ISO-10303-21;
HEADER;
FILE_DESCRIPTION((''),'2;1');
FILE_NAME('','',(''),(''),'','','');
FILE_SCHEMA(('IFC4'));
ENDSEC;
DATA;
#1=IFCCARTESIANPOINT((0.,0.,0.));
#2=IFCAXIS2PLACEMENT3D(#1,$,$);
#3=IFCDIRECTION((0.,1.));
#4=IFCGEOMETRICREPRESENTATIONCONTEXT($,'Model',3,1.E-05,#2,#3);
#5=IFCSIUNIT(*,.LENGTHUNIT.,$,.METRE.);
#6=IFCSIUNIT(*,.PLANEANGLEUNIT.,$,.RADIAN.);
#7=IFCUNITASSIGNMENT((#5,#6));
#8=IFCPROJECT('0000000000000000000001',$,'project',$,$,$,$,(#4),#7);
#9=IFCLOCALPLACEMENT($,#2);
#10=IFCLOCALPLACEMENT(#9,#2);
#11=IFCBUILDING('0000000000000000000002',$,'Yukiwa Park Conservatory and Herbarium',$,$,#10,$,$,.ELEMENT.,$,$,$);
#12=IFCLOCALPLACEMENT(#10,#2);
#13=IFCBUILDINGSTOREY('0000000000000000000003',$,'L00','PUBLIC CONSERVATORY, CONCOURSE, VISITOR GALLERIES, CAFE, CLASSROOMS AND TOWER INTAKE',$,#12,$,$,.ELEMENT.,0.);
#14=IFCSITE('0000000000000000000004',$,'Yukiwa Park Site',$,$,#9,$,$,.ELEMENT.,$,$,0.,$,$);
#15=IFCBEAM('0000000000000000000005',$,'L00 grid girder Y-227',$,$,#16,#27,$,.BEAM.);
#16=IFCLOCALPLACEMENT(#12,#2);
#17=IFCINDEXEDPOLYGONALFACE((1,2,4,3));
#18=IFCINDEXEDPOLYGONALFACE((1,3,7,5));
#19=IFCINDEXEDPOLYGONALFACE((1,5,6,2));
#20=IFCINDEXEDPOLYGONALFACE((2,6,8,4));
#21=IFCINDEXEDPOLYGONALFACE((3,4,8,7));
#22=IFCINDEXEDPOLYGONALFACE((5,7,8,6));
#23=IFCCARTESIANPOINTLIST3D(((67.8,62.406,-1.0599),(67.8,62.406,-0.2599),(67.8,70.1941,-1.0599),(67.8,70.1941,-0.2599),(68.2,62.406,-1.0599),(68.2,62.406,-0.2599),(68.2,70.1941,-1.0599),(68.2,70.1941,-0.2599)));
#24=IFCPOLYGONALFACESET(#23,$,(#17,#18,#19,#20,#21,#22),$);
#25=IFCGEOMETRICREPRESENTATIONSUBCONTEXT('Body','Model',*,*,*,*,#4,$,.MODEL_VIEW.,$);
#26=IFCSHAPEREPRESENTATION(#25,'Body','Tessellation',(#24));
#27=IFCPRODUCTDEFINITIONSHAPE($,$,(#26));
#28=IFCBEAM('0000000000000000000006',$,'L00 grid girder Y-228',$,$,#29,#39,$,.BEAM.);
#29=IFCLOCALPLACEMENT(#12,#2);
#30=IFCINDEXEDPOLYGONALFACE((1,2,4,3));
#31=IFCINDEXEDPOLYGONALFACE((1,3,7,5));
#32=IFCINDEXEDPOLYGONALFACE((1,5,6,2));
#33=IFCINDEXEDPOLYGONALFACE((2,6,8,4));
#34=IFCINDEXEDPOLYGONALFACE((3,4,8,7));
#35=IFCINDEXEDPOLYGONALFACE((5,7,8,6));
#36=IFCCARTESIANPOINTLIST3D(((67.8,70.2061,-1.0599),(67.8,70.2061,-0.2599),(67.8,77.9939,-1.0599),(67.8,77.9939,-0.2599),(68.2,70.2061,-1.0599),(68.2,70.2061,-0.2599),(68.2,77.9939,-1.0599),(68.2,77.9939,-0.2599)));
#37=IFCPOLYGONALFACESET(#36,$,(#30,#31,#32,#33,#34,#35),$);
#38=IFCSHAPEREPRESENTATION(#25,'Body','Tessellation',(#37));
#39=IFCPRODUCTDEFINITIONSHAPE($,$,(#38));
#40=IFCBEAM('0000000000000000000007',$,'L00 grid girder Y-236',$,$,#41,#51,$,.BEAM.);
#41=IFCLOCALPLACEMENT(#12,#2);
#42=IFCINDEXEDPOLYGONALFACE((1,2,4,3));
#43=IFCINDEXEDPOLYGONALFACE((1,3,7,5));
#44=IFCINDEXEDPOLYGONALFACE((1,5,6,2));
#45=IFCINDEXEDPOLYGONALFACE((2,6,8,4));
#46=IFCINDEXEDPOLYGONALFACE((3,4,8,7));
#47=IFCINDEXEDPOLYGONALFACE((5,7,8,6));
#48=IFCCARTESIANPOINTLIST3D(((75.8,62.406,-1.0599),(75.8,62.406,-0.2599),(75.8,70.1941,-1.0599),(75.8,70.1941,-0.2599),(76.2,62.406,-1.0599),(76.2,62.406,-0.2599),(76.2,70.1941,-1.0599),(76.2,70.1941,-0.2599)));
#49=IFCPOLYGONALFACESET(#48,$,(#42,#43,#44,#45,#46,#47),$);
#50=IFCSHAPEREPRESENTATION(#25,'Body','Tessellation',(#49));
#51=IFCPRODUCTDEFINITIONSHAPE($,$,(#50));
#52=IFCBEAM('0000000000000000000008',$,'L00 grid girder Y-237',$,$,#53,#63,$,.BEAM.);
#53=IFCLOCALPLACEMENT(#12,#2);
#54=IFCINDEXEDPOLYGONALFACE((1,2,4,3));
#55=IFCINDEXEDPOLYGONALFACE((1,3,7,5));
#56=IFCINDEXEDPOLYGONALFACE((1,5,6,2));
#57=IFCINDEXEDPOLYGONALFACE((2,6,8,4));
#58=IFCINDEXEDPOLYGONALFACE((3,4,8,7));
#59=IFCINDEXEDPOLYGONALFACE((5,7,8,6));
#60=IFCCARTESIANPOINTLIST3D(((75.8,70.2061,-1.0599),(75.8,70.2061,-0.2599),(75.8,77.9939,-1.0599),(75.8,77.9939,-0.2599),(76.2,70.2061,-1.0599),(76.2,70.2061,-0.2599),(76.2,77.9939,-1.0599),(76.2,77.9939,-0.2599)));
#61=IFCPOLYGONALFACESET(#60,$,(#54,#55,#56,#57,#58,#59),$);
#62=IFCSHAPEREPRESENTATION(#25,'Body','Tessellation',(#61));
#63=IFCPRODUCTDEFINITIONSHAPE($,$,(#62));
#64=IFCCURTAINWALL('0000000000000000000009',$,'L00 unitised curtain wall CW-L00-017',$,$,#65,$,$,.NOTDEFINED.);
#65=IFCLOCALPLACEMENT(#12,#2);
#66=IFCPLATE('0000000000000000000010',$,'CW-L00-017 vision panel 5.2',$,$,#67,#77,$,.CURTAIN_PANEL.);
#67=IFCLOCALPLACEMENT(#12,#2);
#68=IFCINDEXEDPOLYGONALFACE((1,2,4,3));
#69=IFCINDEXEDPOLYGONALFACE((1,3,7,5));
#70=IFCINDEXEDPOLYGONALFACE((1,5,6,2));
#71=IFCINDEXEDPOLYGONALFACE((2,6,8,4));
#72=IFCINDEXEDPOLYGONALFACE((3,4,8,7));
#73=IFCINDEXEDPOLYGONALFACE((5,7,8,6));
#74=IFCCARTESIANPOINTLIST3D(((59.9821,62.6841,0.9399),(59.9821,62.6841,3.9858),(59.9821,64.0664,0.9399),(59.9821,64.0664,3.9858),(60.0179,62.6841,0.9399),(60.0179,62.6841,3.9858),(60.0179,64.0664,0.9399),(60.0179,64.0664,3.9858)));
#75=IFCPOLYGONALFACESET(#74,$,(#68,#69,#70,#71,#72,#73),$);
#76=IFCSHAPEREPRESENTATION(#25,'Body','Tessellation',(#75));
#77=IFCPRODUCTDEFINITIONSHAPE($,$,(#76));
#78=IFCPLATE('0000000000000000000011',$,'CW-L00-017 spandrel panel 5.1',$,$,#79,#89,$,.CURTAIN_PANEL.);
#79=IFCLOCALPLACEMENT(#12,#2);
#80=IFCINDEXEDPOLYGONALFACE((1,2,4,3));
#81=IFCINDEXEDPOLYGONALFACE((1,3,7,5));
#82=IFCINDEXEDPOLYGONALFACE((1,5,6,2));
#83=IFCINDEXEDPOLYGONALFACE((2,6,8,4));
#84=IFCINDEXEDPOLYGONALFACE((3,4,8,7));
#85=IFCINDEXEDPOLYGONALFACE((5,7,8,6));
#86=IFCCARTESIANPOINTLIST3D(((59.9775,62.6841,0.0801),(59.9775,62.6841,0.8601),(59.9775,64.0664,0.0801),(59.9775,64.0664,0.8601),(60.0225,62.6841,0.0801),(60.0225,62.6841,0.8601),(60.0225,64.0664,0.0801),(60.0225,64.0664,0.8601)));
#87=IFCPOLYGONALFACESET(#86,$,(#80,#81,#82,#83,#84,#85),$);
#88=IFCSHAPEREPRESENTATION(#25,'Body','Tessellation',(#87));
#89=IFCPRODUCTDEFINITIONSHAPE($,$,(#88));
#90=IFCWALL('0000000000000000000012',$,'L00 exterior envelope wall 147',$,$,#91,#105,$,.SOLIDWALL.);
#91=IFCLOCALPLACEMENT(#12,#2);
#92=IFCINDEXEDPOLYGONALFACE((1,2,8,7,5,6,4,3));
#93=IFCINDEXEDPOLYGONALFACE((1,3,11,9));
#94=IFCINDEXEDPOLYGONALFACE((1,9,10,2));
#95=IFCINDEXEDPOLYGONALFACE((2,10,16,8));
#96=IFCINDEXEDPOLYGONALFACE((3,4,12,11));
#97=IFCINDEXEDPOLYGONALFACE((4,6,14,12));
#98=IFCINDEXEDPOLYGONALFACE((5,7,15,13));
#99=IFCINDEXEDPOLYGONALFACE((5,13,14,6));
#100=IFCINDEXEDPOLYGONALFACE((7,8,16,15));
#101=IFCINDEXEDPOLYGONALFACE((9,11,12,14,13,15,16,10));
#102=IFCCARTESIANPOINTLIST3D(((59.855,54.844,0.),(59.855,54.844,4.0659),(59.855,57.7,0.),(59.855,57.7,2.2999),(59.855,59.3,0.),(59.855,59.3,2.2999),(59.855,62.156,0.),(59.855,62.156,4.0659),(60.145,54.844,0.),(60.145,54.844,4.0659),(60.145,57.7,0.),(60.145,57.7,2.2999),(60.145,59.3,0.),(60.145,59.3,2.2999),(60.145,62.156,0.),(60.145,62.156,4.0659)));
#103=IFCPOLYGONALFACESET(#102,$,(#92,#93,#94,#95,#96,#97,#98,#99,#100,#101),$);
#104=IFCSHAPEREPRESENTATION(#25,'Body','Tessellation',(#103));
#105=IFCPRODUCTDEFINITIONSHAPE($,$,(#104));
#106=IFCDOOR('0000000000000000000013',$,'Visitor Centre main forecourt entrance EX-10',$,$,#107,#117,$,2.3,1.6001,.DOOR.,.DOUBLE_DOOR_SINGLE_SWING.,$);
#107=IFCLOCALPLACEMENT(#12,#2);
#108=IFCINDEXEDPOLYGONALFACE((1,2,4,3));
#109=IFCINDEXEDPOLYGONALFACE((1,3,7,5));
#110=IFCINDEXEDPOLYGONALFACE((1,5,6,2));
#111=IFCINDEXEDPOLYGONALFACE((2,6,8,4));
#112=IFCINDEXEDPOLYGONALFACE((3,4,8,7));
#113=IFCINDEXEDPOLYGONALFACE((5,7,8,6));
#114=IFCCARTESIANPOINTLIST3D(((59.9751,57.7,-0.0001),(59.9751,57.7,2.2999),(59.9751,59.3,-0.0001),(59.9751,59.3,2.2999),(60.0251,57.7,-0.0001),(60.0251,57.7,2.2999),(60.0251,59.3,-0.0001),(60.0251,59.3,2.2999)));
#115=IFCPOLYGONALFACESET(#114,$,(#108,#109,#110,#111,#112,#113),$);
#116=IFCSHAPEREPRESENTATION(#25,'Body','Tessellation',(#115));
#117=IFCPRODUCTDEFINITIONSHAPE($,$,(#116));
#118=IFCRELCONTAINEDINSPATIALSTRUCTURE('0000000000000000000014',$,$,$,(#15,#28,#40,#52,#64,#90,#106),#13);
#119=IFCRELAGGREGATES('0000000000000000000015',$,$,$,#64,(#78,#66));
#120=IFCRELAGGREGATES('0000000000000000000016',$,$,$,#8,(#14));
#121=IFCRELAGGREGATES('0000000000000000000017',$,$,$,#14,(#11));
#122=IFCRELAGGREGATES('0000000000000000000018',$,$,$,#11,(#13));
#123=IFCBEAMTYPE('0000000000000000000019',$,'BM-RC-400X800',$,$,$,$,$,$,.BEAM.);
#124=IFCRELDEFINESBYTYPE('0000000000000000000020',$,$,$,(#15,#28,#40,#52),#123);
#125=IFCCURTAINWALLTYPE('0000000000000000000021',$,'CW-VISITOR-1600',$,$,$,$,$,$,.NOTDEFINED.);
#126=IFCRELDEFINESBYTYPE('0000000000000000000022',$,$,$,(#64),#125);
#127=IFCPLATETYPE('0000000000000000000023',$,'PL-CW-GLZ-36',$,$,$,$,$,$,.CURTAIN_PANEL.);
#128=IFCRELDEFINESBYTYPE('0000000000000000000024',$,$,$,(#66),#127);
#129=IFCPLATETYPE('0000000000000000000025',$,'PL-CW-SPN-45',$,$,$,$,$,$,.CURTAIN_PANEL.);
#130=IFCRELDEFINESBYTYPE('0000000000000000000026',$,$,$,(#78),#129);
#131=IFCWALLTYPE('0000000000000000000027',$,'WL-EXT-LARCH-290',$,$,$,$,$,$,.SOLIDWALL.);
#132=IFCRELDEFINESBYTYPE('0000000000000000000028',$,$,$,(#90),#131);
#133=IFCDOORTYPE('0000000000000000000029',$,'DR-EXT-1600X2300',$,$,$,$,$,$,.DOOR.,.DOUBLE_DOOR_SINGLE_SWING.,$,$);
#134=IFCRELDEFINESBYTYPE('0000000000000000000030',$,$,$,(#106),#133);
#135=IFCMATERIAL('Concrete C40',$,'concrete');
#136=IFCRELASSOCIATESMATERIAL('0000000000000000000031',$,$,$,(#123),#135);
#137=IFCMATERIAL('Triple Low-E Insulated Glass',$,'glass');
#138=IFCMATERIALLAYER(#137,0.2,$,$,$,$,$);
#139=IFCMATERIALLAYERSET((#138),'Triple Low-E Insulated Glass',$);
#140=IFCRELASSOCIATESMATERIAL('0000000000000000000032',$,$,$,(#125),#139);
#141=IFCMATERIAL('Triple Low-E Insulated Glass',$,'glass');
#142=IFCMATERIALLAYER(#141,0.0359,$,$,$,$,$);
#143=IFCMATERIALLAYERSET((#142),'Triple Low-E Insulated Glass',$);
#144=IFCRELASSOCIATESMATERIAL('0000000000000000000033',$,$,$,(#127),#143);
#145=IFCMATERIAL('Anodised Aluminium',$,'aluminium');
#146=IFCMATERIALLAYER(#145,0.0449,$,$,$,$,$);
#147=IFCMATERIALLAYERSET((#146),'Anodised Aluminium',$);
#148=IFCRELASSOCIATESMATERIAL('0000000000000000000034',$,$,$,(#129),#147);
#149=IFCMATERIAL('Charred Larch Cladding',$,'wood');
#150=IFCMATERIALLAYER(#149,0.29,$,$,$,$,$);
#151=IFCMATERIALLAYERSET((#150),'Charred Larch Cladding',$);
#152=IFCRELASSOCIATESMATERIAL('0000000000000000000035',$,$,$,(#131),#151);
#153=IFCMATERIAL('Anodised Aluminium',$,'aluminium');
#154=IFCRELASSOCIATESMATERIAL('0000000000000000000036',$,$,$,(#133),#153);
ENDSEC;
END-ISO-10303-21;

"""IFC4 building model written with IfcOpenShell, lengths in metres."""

from ifc_helpers import new_model, si_unit, direction, frame, frame_2d, origin, origin_2d, place, context, subcontext, project, spatial, rectangle, extrude, material, layer, layer_set, material_profile, profile_set, type_object, element, fill, aggregate, save


model = new_model("IFC4")

# Units and contexts
model_context = context("Model", 3, precision=1e-05, world=origin(), true_north=direction((0.0, 1.0)))
body_context = subcontext(model_context, "Body", "Model", "MODEL_VIEW")
ifc_project = project(units=[si_unit("LENGTHUNIT", "METRE"), si_unit("PLANEANGLEUNIT", "RADIAN")], contexts=[model_context])

# Site, building, storey
site_placement = place(None, origin())
site = spatial("IfcSite", under=ifc_project, at=site_placement, Name="Yukiwa Park Site", CompositionType="ELEMENT", RefElevation=0.0)
building_placement = place(site_placement, origin())
building = spatial("IfcBuilding", under=site, at=building_placement, Name="Yukiwa Park Conservatory and Herbarium", CompositionType="ELEMENT")
storey_placement = place(building_placement, origin())
storey = spatial("IfcBuildingStorey", under=building, at=storey_placement, Name="L00", Description="PUBLIC CONSERVATORY, CONCOURSE, VISITOR GALLERIES, CAFE, CLASSROOMS AND TOWER INTAKE", CompositionType="ELEMENT", Elevation=0.0)

# Beams
ifc_material_1 = material(Name="Concrete C40", Category="concrete")
ifc_material_profile_1 = material_profile(ifc_material_1, rectangle(XDim=0.3999, YDim=0.8, at=origin_2d()), Name="RC 400x800")
ifc_profile_set_1 = profile_set([ifc_material_profile_1], Name="Concrete C40")
beam_type_1 = type_object("IfcBeamType", Name="BM-RC-400X800", PredefinedType="BEAM", material=ifc_profile_set_1)
beam_1_placement = place(storey_placement, frame((68.0, 62.406, -0.6599), z_axis=(0.0, 1.0, 0.0), x_axis=(-1.0, 0.0, 0.0)))
element("IfcBeam", 1, at=beam_1_placement, inside=storey, type_object=beam_type_1, Name="L00 grid girder Y-227", PredefinedType="BEAM", context=body_context, shape_type="SweptSolid", body=[
    extrude(rectangle(XDim=0.3999, YDim=0.8, at=origin_2d()), origin(), (0.0, 0.0, 1.0), 7.7881),
])
beam_2_placement = place(storey_placement, frame((68.0, 70.2061, -0.6599), z_axis=(0.0, 1.0, 0.0), x_axis=(-1.0, 0.0, 0.0)))
element("IfcBeam", 2, at=beam_2_placement, inside=storey, type_object=beam_type_1, Name="L00 grid girder Y-228", PredefinedType="BEAM", context=body_context, shape_type="SweptSolid", body=[
    extrude(rectangle(XDim=0.3999, YDim=0.8, at=origin_2d()), origin(), (0.0, 0.0, 1.0), 7.7878),
])
beam_3_placement = place(storey_placement, frame((76.0, 62.406, -0.6599), z_axis=(0.0, 1.0, 0.0), x_axis=(-1.0, 0.0, 0.0)))
element("IfcBeam", 3, at=beam_3_placement, inside=storey, type_object=beam_type_1, Name="L00 grid girder Y-236", PredefinedType="BEAM", context=body_context, shape_type="SweptSolid", body=[
    extrude(rectangle(XDim=0.3999, YDim=0.8, at=origin_2d()), origin(), (0.0, 0.0, 1.0), 7.7881),
])
beam_4_placement = place(storey_placement, frame((76.0, 70.2061, -0.6599), z_axis=(0.0, 1.0, 0.0), x_axis=(-1.0, 0.0, 0.0)))
element("IfcBeam", 4, at=beam_4_placement, inside=storey, type_object=beam_type_1, Name="L00 grid girder Y-237", PredefinedType="BEAM", context=body_context, shape_type="SweptSolid", body=[
    extrude(rectangle(XDim=0.3999, YDim=0.8, at=origin_2d()), origin(), (0.0, 0.0, 1.0), 7.7878),
])

# Curtain wall, plates
ifc_material_2 = material(Name="Triple Low-E Insulated Glass", Category="glass")
ifc_layer_1 = layer(ifc_material_2, 0.2)
ifc_layer_set_1 = layer_set([ifc_layer_1], Name="Triple Low-E Insulated Glass")
curtain_wall_type = type_object("IfcCurtainWallType", Name="CW-VISITOR-1600", PredefinedType="NOTDEFINED", material=ifc_layer_set_1)
curtain_wall_placement = place(storey_placement, origin())
curtain_wall = element("IfcCurtainWall", 5, at=curtain_wall_placement, inside=storey, type_object=curtain_wall_type, Name="L00 unitised curtain wall CW-L00-017", PredefinedType="NOTDEFINED")
ifc_material_3 = material(Name="Triple Low-E Insulated Glass", Category="glass")
ifc_layer_2 = layer(ifc_material_3, 0.0359)
ifc_layer_set_2 = layer_set([ifc_layer_2], Name="Triple Low-E Insulated Glass")
plate_type_1 = type_object("IfcPlateType", Name="PL-CW-GLZ-36", PredefinedType="CURTAIN_PANEL", material=ifc_layer_set_2)
plate_1_placement = place(storey_placement, frame((60.0, 63.3752, 0.9399), z_axis=(0.0, 0.0, 1.0), x_axis=(0.0, -1.0, 0.0)))
plate_1 = element("IfcPlate", 6, at=plate_1_placement, type_object=plate_type_1, Name="CW-L00-017 vision panel 5.2", PredefinedType="CURTAIN_PANEL", context=body_context, shape_type="SweptSolid", body=[
    extrude(rectangle(XDim=1.3823, YDim=0.0359, at=origin_2d()), origin(), (0.0, 0.0, 1.0), 3.0459),
])
ifc_material_4 = material(Name="Anodised Aluminium", Category="aluminium")
ifc_layer_3 = layer(ifc_material_4, 0.0449)
ifc_layer_set_3 = layer_set([ifc_layer_3], Name="Anodised Aluminium")
plate_type_2 = type_object("IfcPlateType", Name="PL-CW-SPN-45", PredefinedType="CURTAIN_PANEL", material=ifc_layer_set_3)
plate_2_placement = place(storey_placement, frame((60.0, 63.3752, 0.0801), z_axis=(0.0, 0.0, 1.0), x_axis=(0.0, -1.0, 0.0)))
plate_2 = element("IfcPlate", 7, at=plate_2_placement, type_object=plate_type_2, Name="CW-L00-017 spandrel panel 5.1", PredefinedType="CURTAIN_PANEL", context=body_context, shape_type="SweptSolid", body=[
    extrude(rectangle(XDim=1.3823, YDim=0.0449, at=origin_2d()), origin(), (0.0, 0.0, 1.0), 0.78),
])
aggregate(curtain_wall, [plate_2, plate_1])

# Wall, opening, door
ifc_material_5 = material(Name="Charred Larch Cladding", Category="wood")
ifc_layer_4 = layer(ifc_material_5, 0.29)
ifc_layer_set_4 = layer_set([ifc_layer_4], Name="Charred Larch Cladding")
wall_type = type_object("IfcWallType", Name="WL-EXT-LARCH-290", PredefinedType="SOLIDWALL", material=ifc_layer_set_4)
wall_placement = place(storey_placement, frame((60.0, 62.156, 0.0), z_axis=(0.0, 0.0, 1.0), x_axis=(0.0, -1.0, 0.0)))
wall = element("IfcWall", 8, at=wall_placement, inside=storey, type_object=wall_type, Name="L00 exterior envelope wall 147", PredefinedType="SOLIDWALL", context=body_context, shape_type="SweptSolid", body=[
    extrude(rectangle(XDim=7.312, YDim=0.29, at=frame_2d((3.656, 0.0))), origin(), (0.0, 0.0, 1.0), 4.0659),
])
opening_placement = place(wall_placement, frame((2.856, 0.0, 0.0)))
opening = element("IfcOpeningElement", 9, at=opening_placement, cuts=wall, PredefinedType="OPENING", context=body_context, shape_type="SweptSolid", body=[
    extrude(rectangle(XDim=1.6001, YDim=2.3, at=frame_2d((0.8, 1.1499))), frame((0.0, 0.155, 0.0), z_axis=(0.0, -1.0, 0.0), x_axis=(1.0, 0.0, 0.0)), (0.0, 0.0, 1.0), 0.3101),
])
ifc_material_6 = material(Name="Anodised Aluminium", Category="aluminium")
door_type = type_object("IfcDoorType", Name="DR-EXT-1600X2300", OperationType="DOUBLE_DOOR_SINGLE_SWING", PredefinedType="DOOR", material=ifc_material_6)
door_placement = place(opening_placement, frame((1.6001, 0.0, 0.0), z_axis=(0.0, 0.0, 1.0), x_axis=(-1.0, 0.0, 0.0)))
door = element("IfcDoor", 10, at=door_placement, inside=storey, type_object=door_type, Name="Visitor Centre main forecourt entrance EX-10", OperationType="DOUBLE_DOOR_SINGLE_SWING", OverallHeight=2.3, OverallWidth=1.6001, PredefinedType="DOOR", context=body_context, shape_type="SweptSolid", body=[
    extrude(rectangle(XDim=1.6001, YDim=2.3, at=frame_2d((0.8, 1.1499))), frame((0.0, 0.0249, 0.0), z_axis=(0.0, -1.0, 0.0), x_axis=(1.0, 0.0, 0.0)), (0.0, 0.0, 1.0), 0.05),
])
fill(opening, door)

save(model, "model.ifc")
